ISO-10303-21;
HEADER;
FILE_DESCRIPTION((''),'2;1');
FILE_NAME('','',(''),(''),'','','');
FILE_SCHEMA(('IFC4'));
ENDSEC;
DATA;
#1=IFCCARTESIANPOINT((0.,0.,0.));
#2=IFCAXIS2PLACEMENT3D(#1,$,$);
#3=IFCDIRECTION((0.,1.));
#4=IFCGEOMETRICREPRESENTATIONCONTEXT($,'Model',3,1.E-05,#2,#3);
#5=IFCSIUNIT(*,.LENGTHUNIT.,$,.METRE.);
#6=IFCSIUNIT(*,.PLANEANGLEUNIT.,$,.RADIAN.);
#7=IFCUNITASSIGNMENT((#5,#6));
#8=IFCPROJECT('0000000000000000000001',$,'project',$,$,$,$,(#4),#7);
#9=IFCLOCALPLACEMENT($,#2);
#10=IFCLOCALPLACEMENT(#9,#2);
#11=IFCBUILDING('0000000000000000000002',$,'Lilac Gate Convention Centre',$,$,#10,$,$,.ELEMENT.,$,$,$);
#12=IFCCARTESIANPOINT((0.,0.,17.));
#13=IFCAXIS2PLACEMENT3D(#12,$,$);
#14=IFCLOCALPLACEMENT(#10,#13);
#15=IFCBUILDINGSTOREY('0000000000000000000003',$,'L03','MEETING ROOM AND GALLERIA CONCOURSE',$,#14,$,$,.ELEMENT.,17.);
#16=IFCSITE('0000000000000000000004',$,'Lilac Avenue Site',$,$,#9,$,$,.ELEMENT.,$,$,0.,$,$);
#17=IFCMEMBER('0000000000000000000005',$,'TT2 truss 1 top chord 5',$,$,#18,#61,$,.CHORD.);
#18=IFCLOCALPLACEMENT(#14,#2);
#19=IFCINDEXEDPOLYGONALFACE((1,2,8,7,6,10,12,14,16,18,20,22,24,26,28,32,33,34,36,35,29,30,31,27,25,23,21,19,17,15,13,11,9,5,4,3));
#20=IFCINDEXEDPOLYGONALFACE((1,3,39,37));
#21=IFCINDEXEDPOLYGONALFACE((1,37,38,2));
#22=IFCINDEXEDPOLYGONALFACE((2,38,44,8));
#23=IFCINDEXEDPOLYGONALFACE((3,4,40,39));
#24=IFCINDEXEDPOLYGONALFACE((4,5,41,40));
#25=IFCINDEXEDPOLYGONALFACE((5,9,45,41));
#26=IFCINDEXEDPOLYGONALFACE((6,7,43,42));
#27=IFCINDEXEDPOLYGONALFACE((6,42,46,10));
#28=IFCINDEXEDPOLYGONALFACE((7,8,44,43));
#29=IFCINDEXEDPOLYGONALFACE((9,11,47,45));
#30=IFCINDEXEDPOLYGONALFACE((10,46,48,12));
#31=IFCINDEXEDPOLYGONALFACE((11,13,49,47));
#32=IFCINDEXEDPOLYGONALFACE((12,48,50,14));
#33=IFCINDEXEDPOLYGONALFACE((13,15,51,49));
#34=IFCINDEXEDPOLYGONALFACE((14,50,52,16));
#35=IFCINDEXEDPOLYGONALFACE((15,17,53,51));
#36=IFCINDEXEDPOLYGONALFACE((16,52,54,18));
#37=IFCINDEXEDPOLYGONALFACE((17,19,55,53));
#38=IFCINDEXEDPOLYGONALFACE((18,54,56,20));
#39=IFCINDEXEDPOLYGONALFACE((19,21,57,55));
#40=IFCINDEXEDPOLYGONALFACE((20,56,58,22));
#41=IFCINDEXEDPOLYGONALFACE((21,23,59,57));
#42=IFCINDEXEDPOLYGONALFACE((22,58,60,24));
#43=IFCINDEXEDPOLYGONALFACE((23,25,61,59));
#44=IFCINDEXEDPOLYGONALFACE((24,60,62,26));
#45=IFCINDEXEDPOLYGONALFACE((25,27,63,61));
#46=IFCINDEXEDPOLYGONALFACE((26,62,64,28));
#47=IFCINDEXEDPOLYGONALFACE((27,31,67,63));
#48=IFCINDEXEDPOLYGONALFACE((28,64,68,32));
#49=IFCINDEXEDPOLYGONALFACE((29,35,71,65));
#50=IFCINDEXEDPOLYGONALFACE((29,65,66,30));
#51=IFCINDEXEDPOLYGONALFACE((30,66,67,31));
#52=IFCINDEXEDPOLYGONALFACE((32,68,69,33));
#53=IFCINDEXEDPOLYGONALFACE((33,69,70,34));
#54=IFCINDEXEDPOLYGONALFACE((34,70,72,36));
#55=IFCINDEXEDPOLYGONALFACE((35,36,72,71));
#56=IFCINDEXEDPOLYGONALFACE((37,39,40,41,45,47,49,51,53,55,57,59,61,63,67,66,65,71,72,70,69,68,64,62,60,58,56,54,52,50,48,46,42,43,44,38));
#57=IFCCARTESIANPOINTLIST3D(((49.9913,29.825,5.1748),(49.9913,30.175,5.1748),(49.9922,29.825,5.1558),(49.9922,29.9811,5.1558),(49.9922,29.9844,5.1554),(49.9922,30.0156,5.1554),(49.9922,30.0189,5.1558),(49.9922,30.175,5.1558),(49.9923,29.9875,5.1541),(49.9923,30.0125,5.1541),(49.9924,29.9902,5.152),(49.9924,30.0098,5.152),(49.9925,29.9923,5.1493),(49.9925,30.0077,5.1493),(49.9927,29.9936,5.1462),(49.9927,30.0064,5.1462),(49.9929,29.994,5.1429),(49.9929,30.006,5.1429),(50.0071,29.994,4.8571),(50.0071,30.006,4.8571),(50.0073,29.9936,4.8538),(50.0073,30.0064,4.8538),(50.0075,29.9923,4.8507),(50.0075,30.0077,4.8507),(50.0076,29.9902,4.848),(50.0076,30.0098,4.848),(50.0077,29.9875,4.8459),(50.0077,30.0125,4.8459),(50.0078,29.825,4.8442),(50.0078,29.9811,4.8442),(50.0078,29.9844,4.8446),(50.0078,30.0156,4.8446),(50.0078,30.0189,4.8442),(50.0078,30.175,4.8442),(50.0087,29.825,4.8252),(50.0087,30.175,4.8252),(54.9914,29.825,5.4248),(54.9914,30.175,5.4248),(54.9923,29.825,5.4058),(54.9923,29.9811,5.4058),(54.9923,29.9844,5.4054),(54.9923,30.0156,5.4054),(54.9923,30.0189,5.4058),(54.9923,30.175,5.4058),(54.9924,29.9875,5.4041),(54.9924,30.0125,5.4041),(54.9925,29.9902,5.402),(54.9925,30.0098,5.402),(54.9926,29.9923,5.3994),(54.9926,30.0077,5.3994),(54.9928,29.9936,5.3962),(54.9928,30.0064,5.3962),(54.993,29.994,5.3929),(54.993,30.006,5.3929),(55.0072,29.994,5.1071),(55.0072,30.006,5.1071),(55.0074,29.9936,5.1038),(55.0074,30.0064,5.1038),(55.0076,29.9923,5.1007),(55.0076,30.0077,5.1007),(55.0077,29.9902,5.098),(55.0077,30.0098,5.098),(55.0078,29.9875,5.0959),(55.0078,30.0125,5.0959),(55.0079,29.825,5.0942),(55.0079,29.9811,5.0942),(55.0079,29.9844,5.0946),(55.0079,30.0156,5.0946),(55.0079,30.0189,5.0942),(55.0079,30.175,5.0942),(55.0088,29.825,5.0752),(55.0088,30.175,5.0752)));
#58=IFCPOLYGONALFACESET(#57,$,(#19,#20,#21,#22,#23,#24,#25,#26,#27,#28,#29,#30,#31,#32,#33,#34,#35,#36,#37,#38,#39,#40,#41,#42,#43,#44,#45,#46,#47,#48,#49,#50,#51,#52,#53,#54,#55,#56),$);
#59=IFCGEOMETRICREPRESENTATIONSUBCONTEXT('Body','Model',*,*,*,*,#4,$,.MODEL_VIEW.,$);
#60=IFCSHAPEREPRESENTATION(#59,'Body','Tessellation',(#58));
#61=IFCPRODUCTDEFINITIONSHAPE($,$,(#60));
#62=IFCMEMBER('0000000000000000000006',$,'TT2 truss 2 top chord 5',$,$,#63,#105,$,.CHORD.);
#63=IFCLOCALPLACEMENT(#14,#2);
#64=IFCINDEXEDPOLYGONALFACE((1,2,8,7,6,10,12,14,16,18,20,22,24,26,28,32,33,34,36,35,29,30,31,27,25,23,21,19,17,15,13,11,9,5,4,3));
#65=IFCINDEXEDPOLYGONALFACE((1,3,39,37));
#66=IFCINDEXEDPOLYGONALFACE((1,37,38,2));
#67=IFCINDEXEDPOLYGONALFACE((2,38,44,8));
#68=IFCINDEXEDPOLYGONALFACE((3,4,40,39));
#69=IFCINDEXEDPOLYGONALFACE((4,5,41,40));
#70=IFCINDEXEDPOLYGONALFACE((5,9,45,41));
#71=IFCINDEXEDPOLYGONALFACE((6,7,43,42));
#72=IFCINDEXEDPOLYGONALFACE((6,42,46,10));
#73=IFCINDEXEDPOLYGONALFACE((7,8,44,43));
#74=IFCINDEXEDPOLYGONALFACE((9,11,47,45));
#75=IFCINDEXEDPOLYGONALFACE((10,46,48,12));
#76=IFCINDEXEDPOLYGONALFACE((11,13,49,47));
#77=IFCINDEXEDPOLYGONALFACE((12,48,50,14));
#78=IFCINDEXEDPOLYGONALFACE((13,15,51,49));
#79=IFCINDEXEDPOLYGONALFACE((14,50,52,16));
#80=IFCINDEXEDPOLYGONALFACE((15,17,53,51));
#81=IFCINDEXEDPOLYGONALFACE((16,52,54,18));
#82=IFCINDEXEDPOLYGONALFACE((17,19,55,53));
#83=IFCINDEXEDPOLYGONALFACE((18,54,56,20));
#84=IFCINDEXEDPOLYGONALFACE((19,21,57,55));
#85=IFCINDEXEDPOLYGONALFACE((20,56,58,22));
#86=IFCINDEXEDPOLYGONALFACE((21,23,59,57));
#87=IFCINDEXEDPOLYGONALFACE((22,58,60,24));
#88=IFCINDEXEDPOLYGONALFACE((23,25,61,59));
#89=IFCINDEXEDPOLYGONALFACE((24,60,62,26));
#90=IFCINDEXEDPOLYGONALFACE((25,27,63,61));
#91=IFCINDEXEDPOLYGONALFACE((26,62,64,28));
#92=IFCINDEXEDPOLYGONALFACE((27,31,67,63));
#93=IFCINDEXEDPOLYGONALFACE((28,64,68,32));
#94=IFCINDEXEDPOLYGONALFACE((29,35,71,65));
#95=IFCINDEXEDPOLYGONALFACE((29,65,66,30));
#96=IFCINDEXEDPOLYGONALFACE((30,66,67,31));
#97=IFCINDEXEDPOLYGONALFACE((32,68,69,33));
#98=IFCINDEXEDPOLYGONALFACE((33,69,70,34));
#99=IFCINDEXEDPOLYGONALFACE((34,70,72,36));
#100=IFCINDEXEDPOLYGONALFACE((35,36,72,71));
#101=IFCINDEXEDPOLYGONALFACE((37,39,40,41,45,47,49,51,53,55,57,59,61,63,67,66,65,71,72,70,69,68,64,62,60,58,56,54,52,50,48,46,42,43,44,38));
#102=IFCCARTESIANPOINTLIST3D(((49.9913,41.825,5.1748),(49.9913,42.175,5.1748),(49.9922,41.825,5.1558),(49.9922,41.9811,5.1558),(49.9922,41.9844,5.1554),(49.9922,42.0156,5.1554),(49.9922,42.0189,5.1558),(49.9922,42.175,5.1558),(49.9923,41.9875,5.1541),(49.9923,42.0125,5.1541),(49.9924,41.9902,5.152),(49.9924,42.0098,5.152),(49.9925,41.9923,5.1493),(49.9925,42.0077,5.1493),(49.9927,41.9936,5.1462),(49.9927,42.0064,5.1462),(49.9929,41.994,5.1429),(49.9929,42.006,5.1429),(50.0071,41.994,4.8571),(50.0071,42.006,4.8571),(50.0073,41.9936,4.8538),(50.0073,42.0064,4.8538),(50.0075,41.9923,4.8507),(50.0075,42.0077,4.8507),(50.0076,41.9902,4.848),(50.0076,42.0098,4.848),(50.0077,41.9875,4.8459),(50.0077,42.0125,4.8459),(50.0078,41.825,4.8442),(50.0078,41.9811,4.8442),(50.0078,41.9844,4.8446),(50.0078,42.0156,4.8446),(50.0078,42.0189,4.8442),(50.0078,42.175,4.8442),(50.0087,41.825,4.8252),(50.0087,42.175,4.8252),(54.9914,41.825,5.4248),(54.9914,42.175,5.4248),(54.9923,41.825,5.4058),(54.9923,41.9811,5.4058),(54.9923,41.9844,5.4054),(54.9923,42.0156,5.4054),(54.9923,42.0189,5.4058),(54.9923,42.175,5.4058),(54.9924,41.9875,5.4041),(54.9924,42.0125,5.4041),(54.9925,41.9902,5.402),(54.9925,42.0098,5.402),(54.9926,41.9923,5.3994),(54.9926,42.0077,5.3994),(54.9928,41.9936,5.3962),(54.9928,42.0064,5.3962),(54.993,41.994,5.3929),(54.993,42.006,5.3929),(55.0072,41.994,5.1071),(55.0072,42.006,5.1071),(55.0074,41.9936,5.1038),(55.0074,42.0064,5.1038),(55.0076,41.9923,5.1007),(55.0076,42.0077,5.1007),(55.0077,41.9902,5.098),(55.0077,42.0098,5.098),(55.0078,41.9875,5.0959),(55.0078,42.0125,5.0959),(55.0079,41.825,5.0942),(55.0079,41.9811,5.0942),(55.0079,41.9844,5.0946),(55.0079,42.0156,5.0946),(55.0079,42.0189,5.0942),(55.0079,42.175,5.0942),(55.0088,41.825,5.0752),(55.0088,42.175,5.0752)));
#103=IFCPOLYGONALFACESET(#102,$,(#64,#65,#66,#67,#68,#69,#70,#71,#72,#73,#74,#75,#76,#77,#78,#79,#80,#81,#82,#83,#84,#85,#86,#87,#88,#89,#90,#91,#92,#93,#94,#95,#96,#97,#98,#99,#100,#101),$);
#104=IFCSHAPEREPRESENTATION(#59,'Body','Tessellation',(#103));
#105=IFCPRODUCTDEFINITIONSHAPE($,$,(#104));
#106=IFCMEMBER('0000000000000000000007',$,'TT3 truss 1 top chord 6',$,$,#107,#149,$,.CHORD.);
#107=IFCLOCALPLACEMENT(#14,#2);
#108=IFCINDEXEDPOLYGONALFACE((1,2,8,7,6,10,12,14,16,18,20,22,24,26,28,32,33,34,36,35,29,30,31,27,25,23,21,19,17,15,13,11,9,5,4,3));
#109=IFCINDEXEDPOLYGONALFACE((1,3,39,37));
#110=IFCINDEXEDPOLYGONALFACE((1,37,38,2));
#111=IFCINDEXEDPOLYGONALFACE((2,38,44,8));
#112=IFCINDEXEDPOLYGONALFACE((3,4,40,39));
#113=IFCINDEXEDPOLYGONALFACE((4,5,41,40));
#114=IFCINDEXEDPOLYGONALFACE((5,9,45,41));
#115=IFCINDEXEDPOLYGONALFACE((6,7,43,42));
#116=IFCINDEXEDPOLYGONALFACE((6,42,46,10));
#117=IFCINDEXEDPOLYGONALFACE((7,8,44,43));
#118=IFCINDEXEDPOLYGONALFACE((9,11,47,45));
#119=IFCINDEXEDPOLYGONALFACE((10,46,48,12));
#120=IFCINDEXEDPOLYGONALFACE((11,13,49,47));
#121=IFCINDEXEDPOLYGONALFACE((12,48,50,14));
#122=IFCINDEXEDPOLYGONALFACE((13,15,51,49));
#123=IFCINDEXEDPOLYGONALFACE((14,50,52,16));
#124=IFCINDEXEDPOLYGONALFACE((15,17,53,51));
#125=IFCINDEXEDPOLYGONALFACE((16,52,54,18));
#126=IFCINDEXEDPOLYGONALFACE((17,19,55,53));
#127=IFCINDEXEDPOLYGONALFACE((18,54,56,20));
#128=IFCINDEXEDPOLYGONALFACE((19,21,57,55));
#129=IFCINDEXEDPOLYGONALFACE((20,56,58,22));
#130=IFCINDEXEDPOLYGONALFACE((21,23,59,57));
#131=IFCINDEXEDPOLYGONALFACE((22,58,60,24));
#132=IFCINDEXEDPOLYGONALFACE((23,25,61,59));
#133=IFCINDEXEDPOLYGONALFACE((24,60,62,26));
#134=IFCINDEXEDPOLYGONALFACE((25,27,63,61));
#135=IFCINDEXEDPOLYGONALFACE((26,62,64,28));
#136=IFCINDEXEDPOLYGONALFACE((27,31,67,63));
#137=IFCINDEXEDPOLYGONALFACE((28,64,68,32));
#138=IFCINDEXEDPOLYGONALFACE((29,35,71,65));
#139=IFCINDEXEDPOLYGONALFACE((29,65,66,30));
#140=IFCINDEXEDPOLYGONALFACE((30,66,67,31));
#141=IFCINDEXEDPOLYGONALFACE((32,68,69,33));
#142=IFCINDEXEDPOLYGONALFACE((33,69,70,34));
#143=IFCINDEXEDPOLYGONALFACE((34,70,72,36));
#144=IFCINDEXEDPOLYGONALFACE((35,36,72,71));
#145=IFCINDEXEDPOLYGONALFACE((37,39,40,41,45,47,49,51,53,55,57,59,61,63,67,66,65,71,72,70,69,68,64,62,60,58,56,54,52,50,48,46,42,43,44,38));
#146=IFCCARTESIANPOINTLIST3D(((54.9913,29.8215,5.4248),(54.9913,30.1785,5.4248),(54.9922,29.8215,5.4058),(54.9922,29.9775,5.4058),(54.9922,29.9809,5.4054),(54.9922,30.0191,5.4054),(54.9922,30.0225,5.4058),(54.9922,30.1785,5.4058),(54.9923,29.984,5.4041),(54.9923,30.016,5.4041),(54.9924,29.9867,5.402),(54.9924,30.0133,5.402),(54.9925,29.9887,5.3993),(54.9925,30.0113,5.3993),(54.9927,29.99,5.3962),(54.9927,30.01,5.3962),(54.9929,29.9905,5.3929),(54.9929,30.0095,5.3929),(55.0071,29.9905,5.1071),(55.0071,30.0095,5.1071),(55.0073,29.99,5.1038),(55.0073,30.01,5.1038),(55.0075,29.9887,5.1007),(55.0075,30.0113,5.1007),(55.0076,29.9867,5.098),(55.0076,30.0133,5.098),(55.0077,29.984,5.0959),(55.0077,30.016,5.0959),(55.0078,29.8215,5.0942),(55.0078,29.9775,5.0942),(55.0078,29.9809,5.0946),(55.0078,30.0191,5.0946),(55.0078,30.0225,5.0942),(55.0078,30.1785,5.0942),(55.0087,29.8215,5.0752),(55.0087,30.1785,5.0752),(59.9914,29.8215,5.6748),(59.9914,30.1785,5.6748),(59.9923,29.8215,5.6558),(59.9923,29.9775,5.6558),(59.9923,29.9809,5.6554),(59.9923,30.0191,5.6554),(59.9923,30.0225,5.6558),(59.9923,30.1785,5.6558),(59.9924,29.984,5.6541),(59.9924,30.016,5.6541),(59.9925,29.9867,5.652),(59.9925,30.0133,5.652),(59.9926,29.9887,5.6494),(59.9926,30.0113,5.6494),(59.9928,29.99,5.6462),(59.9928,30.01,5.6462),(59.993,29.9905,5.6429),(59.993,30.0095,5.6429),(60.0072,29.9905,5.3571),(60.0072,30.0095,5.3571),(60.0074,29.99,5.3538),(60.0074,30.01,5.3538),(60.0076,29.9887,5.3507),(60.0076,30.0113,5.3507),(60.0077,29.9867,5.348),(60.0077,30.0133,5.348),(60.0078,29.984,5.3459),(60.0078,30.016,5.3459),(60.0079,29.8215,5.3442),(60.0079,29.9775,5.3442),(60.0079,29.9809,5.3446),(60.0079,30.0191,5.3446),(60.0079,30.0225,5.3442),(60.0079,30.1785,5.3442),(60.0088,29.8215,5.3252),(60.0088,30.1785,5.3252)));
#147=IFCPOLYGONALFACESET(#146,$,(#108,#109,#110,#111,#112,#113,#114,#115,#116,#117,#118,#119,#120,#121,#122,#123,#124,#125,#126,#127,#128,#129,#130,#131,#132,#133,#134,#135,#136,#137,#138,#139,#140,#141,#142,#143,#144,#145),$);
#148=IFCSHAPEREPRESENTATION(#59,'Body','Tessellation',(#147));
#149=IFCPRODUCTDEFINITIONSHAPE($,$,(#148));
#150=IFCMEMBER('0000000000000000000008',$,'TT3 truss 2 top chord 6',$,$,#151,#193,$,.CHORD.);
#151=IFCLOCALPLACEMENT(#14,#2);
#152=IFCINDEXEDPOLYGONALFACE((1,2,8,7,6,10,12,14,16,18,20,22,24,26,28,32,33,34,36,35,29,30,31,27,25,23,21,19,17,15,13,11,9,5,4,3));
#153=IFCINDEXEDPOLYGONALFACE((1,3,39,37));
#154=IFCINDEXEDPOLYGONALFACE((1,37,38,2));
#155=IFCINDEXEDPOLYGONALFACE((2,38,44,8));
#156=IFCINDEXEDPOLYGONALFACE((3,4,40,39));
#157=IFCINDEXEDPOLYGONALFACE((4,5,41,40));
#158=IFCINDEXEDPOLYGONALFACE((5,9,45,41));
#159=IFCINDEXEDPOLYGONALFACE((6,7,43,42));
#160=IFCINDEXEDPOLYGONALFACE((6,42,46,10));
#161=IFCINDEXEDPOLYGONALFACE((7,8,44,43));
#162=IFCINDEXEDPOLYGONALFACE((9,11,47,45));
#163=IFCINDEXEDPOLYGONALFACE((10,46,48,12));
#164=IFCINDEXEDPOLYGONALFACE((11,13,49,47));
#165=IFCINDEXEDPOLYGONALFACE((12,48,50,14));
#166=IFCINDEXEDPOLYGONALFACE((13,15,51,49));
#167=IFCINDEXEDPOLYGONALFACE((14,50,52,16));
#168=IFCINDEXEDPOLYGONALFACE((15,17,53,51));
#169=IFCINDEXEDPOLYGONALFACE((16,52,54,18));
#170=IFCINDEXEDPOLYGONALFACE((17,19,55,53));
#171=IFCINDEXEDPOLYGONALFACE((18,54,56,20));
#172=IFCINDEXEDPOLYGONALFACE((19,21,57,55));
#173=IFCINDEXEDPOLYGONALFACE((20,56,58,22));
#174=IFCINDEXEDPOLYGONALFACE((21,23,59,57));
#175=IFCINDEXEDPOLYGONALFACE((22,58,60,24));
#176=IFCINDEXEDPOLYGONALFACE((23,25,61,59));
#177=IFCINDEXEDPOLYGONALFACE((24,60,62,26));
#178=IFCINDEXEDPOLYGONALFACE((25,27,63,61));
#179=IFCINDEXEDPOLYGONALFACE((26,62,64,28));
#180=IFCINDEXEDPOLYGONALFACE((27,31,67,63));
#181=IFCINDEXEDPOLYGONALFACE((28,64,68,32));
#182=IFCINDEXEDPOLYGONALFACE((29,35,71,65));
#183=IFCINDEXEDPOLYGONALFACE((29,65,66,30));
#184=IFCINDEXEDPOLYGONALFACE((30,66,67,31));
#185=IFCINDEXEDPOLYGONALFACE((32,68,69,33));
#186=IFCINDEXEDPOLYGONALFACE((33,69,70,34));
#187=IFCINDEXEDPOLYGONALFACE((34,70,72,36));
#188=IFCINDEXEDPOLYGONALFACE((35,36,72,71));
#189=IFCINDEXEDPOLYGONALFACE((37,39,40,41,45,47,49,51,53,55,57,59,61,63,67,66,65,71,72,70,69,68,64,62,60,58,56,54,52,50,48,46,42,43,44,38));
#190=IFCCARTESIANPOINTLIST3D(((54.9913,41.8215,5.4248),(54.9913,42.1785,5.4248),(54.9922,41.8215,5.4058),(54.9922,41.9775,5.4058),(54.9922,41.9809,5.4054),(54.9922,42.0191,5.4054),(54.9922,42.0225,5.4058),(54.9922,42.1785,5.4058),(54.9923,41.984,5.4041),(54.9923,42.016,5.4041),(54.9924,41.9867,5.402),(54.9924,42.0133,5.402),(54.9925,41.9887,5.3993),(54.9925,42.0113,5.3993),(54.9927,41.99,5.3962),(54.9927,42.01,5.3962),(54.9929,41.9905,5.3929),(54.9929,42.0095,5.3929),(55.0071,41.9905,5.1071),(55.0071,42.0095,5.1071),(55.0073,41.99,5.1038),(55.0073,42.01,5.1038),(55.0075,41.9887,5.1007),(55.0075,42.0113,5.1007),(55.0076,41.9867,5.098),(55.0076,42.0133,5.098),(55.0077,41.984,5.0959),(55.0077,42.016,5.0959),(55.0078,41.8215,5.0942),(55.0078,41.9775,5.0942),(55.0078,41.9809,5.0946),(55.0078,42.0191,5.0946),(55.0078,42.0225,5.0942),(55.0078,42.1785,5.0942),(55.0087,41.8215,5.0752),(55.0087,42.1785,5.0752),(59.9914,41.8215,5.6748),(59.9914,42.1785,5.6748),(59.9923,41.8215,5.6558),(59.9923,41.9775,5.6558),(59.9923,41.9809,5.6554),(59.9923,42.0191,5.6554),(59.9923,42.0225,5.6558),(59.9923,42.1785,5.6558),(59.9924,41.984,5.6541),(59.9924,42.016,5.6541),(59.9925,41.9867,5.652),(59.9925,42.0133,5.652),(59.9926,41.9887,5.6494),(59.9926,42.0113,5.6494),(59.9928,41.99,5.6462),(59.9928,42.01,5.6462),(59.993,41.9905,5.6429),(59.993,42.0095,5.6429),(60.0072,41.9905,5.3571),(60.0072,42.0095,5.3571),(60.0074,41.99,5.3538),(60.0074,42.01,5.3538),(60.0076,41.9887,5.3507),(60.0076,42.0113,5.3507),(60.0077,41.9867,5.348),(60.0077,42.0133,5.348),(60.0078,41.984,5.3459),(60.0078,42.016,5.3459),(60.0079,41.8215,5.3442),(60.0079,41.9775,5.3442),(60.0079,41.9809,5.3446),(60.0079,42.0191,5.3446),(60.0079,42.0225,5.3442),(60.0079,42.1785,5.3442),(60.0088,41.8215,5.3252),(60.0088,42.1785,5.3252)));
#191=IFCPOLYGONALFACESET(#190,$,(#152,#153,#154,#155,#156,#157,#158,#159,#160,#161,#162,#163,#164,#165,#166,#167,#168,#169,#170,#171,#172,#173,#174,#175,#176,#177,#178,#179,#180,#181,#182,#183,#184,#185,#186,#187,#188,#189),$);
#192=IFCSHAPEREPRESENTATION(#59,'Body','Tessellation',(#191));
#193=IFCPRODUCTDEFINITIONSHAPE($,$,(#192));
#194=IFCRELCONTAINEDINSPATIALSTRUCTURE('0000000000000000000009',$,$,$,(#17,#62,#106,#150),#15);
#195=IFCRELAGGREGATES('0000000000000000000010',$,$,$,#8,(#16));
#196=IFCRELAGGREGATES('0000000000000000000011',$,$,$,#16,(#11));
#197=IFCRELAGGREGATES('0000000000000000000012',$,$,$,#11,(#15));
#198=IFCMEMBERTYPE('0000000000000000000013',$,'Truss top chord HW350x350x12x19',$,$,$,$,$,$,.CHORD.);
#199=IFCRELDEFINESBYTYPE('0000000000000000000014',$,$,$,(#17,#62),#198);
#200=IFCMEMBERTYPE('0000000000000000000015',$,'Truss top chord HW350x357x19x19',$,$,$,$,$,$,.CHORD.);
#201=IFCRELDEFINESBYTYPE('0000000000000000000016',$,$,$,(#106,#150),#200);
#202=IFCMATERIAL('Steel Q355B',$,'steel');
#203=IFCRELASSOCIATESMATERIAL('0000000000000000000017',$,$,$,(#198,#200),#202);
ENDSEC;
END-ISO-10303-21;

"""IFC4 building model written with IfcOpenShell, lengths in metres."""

from ifc_helpers import new_model, si_unit, direction, frame, origin, origin_2d, place, context, subcontext, project, spatial, i_section, extrude, material, material_profile, profile_set, type_object, element, save


model = new_model("IFC4")

# Units and contexts
model_context = context("Model", 3, precision=1e-05, world=origin(), true_north=direction((0.0, 1.0)))
body_context = subcontext(model_context, "Body", "Model", "MODEL_VIEW")
ifc_project = project(units=[si_unit("LENGTHUNIT", "METRE"), si_unit("PLANEANGLEUNIT", "RADIAN")], contexts=[model_context])

# Site, building, storey
site_placement = place(None, origin())
site = spatial("IfcSite", under=ifc_project, at=site_placement, Name="Lilac Avenue Site", CompositionType="ELEMENT", RefElevation=0.0)
building_placement = place(site_placement, origin())
building = spatial("IfcBuilding", under=site, at=building_placement, Name="Lilac Gate Convention Centre", CompositionType="ELEMENT")
storey_placement = place(building_placement, frame((0.0, 0.0, 17.0)))
storey = spatial("IfcBuildingStorey", under=building, at=storey_placement, Name="L03", Description="MEETING ROOM AND GALLERIA CONCOURSE", CompositionType="ELEMENT", Elevation=17.0)

# Members
ifc_material = material(Name="Steel Q355B", Category="steel")
ifc_material_profile_1 = material_profile(ifc_material, i_section(OverallWidth=0.3501, OverallDepth=0.3501, WebThickness=0.012, FlangeThickness=0.019, FilletRadius=0.0129, at=origin_2d()), Name="HW350x350x12x19")
ifc_profile_set_1 = profile_set([ifc_material_profile_1], Name="Steel Q355B")
member_type_1 = type_object("IfcMemberType", Name="Truss top chord HW350x350x12x19", PredefinedType="CHORD", material=ifc_profile_set_1)
for number, where, z_axis, x_axis, name in (
    (1, (50.0, 30.0, 5.0), (0.998752, 0.0, 0.049938), (0.0, 1.0, 0.0), "TT2 truss 1 top chord 5"),
    (2, (50.0, 42.0, 5.0), (0.998752, 0.0, 0.049938), (0.0, 1.0, 0.0), "TT2 truss 2 top chord 5"),
):
    element("IfcMember", number, at=place(storey_placement, frame(where, z_axis=z_axis, x_axis=x_axis)), inside=storey, type_object=member_type_1, Name=name, PredefinedType="CHORD", context=body_context, shape_type="SweptSolid", body=[
        extrude(i_section(OverallWidth=0.3501, OverallDepth=0.3501, WebThickness=0.012, FlangeThickness=0.019, FilletRadius=0.0129, at=origin_2d()), origin(), (0.0, 0.0, 1.0), 5.0063),
    ])
ifc_material_profile_2 = material_profile(ifc_material, i_section(OverallWidth=0.3569, OverallDepth=0.3501, WebThickness=0.019, FlangeThickness=0.019, FilletRadius=0.0129, at=origin_2d()), Name="HW350x357x19x19")
ifc_profile_set_2 = profile_set([ifc_material_profile_2], Name="Steel Q355B")
member_type_2 = type_object("IfcMemberType", Name="Truss top chord HW350x357x19x19", PredefinedType="CHORD", material=ifc_profile_set_2)
for number, where, z_axis, x_axis, name in (
    (3, (55.0, 30.0, 5.25), (0.998752, 0.0, 0.049938), (0.0, 1.0, 0.0), "TT3 truss 1 top chord 6"),
    (4, (55.0, 42.0, 5.25), (0.998752, 0.0, 0.049938), (0.0, 1.0, 0.0), "TT3 truss 2 top chord 6"),
):
    element("IfcMember", number, at=place(storey_placement, frame(where, z_axis=z_axis, x_axis=x_axis)), inside=storey, type_object=member_type_2, Name=name, PredefinedType="CHORD", context=body_context, shape_type="SweptSolid", body=[
        extrude(i_section(OverallWidth=0.3569, OverallDepth=0.3501, WebThickness=0.019, FlangeThickness=0.019, FilletRadius=0.0129, at=origin_2d()), origin(), (0.0, 0.0, 1.0), 5.0063),
    ])

save(model, "model.ifc")
